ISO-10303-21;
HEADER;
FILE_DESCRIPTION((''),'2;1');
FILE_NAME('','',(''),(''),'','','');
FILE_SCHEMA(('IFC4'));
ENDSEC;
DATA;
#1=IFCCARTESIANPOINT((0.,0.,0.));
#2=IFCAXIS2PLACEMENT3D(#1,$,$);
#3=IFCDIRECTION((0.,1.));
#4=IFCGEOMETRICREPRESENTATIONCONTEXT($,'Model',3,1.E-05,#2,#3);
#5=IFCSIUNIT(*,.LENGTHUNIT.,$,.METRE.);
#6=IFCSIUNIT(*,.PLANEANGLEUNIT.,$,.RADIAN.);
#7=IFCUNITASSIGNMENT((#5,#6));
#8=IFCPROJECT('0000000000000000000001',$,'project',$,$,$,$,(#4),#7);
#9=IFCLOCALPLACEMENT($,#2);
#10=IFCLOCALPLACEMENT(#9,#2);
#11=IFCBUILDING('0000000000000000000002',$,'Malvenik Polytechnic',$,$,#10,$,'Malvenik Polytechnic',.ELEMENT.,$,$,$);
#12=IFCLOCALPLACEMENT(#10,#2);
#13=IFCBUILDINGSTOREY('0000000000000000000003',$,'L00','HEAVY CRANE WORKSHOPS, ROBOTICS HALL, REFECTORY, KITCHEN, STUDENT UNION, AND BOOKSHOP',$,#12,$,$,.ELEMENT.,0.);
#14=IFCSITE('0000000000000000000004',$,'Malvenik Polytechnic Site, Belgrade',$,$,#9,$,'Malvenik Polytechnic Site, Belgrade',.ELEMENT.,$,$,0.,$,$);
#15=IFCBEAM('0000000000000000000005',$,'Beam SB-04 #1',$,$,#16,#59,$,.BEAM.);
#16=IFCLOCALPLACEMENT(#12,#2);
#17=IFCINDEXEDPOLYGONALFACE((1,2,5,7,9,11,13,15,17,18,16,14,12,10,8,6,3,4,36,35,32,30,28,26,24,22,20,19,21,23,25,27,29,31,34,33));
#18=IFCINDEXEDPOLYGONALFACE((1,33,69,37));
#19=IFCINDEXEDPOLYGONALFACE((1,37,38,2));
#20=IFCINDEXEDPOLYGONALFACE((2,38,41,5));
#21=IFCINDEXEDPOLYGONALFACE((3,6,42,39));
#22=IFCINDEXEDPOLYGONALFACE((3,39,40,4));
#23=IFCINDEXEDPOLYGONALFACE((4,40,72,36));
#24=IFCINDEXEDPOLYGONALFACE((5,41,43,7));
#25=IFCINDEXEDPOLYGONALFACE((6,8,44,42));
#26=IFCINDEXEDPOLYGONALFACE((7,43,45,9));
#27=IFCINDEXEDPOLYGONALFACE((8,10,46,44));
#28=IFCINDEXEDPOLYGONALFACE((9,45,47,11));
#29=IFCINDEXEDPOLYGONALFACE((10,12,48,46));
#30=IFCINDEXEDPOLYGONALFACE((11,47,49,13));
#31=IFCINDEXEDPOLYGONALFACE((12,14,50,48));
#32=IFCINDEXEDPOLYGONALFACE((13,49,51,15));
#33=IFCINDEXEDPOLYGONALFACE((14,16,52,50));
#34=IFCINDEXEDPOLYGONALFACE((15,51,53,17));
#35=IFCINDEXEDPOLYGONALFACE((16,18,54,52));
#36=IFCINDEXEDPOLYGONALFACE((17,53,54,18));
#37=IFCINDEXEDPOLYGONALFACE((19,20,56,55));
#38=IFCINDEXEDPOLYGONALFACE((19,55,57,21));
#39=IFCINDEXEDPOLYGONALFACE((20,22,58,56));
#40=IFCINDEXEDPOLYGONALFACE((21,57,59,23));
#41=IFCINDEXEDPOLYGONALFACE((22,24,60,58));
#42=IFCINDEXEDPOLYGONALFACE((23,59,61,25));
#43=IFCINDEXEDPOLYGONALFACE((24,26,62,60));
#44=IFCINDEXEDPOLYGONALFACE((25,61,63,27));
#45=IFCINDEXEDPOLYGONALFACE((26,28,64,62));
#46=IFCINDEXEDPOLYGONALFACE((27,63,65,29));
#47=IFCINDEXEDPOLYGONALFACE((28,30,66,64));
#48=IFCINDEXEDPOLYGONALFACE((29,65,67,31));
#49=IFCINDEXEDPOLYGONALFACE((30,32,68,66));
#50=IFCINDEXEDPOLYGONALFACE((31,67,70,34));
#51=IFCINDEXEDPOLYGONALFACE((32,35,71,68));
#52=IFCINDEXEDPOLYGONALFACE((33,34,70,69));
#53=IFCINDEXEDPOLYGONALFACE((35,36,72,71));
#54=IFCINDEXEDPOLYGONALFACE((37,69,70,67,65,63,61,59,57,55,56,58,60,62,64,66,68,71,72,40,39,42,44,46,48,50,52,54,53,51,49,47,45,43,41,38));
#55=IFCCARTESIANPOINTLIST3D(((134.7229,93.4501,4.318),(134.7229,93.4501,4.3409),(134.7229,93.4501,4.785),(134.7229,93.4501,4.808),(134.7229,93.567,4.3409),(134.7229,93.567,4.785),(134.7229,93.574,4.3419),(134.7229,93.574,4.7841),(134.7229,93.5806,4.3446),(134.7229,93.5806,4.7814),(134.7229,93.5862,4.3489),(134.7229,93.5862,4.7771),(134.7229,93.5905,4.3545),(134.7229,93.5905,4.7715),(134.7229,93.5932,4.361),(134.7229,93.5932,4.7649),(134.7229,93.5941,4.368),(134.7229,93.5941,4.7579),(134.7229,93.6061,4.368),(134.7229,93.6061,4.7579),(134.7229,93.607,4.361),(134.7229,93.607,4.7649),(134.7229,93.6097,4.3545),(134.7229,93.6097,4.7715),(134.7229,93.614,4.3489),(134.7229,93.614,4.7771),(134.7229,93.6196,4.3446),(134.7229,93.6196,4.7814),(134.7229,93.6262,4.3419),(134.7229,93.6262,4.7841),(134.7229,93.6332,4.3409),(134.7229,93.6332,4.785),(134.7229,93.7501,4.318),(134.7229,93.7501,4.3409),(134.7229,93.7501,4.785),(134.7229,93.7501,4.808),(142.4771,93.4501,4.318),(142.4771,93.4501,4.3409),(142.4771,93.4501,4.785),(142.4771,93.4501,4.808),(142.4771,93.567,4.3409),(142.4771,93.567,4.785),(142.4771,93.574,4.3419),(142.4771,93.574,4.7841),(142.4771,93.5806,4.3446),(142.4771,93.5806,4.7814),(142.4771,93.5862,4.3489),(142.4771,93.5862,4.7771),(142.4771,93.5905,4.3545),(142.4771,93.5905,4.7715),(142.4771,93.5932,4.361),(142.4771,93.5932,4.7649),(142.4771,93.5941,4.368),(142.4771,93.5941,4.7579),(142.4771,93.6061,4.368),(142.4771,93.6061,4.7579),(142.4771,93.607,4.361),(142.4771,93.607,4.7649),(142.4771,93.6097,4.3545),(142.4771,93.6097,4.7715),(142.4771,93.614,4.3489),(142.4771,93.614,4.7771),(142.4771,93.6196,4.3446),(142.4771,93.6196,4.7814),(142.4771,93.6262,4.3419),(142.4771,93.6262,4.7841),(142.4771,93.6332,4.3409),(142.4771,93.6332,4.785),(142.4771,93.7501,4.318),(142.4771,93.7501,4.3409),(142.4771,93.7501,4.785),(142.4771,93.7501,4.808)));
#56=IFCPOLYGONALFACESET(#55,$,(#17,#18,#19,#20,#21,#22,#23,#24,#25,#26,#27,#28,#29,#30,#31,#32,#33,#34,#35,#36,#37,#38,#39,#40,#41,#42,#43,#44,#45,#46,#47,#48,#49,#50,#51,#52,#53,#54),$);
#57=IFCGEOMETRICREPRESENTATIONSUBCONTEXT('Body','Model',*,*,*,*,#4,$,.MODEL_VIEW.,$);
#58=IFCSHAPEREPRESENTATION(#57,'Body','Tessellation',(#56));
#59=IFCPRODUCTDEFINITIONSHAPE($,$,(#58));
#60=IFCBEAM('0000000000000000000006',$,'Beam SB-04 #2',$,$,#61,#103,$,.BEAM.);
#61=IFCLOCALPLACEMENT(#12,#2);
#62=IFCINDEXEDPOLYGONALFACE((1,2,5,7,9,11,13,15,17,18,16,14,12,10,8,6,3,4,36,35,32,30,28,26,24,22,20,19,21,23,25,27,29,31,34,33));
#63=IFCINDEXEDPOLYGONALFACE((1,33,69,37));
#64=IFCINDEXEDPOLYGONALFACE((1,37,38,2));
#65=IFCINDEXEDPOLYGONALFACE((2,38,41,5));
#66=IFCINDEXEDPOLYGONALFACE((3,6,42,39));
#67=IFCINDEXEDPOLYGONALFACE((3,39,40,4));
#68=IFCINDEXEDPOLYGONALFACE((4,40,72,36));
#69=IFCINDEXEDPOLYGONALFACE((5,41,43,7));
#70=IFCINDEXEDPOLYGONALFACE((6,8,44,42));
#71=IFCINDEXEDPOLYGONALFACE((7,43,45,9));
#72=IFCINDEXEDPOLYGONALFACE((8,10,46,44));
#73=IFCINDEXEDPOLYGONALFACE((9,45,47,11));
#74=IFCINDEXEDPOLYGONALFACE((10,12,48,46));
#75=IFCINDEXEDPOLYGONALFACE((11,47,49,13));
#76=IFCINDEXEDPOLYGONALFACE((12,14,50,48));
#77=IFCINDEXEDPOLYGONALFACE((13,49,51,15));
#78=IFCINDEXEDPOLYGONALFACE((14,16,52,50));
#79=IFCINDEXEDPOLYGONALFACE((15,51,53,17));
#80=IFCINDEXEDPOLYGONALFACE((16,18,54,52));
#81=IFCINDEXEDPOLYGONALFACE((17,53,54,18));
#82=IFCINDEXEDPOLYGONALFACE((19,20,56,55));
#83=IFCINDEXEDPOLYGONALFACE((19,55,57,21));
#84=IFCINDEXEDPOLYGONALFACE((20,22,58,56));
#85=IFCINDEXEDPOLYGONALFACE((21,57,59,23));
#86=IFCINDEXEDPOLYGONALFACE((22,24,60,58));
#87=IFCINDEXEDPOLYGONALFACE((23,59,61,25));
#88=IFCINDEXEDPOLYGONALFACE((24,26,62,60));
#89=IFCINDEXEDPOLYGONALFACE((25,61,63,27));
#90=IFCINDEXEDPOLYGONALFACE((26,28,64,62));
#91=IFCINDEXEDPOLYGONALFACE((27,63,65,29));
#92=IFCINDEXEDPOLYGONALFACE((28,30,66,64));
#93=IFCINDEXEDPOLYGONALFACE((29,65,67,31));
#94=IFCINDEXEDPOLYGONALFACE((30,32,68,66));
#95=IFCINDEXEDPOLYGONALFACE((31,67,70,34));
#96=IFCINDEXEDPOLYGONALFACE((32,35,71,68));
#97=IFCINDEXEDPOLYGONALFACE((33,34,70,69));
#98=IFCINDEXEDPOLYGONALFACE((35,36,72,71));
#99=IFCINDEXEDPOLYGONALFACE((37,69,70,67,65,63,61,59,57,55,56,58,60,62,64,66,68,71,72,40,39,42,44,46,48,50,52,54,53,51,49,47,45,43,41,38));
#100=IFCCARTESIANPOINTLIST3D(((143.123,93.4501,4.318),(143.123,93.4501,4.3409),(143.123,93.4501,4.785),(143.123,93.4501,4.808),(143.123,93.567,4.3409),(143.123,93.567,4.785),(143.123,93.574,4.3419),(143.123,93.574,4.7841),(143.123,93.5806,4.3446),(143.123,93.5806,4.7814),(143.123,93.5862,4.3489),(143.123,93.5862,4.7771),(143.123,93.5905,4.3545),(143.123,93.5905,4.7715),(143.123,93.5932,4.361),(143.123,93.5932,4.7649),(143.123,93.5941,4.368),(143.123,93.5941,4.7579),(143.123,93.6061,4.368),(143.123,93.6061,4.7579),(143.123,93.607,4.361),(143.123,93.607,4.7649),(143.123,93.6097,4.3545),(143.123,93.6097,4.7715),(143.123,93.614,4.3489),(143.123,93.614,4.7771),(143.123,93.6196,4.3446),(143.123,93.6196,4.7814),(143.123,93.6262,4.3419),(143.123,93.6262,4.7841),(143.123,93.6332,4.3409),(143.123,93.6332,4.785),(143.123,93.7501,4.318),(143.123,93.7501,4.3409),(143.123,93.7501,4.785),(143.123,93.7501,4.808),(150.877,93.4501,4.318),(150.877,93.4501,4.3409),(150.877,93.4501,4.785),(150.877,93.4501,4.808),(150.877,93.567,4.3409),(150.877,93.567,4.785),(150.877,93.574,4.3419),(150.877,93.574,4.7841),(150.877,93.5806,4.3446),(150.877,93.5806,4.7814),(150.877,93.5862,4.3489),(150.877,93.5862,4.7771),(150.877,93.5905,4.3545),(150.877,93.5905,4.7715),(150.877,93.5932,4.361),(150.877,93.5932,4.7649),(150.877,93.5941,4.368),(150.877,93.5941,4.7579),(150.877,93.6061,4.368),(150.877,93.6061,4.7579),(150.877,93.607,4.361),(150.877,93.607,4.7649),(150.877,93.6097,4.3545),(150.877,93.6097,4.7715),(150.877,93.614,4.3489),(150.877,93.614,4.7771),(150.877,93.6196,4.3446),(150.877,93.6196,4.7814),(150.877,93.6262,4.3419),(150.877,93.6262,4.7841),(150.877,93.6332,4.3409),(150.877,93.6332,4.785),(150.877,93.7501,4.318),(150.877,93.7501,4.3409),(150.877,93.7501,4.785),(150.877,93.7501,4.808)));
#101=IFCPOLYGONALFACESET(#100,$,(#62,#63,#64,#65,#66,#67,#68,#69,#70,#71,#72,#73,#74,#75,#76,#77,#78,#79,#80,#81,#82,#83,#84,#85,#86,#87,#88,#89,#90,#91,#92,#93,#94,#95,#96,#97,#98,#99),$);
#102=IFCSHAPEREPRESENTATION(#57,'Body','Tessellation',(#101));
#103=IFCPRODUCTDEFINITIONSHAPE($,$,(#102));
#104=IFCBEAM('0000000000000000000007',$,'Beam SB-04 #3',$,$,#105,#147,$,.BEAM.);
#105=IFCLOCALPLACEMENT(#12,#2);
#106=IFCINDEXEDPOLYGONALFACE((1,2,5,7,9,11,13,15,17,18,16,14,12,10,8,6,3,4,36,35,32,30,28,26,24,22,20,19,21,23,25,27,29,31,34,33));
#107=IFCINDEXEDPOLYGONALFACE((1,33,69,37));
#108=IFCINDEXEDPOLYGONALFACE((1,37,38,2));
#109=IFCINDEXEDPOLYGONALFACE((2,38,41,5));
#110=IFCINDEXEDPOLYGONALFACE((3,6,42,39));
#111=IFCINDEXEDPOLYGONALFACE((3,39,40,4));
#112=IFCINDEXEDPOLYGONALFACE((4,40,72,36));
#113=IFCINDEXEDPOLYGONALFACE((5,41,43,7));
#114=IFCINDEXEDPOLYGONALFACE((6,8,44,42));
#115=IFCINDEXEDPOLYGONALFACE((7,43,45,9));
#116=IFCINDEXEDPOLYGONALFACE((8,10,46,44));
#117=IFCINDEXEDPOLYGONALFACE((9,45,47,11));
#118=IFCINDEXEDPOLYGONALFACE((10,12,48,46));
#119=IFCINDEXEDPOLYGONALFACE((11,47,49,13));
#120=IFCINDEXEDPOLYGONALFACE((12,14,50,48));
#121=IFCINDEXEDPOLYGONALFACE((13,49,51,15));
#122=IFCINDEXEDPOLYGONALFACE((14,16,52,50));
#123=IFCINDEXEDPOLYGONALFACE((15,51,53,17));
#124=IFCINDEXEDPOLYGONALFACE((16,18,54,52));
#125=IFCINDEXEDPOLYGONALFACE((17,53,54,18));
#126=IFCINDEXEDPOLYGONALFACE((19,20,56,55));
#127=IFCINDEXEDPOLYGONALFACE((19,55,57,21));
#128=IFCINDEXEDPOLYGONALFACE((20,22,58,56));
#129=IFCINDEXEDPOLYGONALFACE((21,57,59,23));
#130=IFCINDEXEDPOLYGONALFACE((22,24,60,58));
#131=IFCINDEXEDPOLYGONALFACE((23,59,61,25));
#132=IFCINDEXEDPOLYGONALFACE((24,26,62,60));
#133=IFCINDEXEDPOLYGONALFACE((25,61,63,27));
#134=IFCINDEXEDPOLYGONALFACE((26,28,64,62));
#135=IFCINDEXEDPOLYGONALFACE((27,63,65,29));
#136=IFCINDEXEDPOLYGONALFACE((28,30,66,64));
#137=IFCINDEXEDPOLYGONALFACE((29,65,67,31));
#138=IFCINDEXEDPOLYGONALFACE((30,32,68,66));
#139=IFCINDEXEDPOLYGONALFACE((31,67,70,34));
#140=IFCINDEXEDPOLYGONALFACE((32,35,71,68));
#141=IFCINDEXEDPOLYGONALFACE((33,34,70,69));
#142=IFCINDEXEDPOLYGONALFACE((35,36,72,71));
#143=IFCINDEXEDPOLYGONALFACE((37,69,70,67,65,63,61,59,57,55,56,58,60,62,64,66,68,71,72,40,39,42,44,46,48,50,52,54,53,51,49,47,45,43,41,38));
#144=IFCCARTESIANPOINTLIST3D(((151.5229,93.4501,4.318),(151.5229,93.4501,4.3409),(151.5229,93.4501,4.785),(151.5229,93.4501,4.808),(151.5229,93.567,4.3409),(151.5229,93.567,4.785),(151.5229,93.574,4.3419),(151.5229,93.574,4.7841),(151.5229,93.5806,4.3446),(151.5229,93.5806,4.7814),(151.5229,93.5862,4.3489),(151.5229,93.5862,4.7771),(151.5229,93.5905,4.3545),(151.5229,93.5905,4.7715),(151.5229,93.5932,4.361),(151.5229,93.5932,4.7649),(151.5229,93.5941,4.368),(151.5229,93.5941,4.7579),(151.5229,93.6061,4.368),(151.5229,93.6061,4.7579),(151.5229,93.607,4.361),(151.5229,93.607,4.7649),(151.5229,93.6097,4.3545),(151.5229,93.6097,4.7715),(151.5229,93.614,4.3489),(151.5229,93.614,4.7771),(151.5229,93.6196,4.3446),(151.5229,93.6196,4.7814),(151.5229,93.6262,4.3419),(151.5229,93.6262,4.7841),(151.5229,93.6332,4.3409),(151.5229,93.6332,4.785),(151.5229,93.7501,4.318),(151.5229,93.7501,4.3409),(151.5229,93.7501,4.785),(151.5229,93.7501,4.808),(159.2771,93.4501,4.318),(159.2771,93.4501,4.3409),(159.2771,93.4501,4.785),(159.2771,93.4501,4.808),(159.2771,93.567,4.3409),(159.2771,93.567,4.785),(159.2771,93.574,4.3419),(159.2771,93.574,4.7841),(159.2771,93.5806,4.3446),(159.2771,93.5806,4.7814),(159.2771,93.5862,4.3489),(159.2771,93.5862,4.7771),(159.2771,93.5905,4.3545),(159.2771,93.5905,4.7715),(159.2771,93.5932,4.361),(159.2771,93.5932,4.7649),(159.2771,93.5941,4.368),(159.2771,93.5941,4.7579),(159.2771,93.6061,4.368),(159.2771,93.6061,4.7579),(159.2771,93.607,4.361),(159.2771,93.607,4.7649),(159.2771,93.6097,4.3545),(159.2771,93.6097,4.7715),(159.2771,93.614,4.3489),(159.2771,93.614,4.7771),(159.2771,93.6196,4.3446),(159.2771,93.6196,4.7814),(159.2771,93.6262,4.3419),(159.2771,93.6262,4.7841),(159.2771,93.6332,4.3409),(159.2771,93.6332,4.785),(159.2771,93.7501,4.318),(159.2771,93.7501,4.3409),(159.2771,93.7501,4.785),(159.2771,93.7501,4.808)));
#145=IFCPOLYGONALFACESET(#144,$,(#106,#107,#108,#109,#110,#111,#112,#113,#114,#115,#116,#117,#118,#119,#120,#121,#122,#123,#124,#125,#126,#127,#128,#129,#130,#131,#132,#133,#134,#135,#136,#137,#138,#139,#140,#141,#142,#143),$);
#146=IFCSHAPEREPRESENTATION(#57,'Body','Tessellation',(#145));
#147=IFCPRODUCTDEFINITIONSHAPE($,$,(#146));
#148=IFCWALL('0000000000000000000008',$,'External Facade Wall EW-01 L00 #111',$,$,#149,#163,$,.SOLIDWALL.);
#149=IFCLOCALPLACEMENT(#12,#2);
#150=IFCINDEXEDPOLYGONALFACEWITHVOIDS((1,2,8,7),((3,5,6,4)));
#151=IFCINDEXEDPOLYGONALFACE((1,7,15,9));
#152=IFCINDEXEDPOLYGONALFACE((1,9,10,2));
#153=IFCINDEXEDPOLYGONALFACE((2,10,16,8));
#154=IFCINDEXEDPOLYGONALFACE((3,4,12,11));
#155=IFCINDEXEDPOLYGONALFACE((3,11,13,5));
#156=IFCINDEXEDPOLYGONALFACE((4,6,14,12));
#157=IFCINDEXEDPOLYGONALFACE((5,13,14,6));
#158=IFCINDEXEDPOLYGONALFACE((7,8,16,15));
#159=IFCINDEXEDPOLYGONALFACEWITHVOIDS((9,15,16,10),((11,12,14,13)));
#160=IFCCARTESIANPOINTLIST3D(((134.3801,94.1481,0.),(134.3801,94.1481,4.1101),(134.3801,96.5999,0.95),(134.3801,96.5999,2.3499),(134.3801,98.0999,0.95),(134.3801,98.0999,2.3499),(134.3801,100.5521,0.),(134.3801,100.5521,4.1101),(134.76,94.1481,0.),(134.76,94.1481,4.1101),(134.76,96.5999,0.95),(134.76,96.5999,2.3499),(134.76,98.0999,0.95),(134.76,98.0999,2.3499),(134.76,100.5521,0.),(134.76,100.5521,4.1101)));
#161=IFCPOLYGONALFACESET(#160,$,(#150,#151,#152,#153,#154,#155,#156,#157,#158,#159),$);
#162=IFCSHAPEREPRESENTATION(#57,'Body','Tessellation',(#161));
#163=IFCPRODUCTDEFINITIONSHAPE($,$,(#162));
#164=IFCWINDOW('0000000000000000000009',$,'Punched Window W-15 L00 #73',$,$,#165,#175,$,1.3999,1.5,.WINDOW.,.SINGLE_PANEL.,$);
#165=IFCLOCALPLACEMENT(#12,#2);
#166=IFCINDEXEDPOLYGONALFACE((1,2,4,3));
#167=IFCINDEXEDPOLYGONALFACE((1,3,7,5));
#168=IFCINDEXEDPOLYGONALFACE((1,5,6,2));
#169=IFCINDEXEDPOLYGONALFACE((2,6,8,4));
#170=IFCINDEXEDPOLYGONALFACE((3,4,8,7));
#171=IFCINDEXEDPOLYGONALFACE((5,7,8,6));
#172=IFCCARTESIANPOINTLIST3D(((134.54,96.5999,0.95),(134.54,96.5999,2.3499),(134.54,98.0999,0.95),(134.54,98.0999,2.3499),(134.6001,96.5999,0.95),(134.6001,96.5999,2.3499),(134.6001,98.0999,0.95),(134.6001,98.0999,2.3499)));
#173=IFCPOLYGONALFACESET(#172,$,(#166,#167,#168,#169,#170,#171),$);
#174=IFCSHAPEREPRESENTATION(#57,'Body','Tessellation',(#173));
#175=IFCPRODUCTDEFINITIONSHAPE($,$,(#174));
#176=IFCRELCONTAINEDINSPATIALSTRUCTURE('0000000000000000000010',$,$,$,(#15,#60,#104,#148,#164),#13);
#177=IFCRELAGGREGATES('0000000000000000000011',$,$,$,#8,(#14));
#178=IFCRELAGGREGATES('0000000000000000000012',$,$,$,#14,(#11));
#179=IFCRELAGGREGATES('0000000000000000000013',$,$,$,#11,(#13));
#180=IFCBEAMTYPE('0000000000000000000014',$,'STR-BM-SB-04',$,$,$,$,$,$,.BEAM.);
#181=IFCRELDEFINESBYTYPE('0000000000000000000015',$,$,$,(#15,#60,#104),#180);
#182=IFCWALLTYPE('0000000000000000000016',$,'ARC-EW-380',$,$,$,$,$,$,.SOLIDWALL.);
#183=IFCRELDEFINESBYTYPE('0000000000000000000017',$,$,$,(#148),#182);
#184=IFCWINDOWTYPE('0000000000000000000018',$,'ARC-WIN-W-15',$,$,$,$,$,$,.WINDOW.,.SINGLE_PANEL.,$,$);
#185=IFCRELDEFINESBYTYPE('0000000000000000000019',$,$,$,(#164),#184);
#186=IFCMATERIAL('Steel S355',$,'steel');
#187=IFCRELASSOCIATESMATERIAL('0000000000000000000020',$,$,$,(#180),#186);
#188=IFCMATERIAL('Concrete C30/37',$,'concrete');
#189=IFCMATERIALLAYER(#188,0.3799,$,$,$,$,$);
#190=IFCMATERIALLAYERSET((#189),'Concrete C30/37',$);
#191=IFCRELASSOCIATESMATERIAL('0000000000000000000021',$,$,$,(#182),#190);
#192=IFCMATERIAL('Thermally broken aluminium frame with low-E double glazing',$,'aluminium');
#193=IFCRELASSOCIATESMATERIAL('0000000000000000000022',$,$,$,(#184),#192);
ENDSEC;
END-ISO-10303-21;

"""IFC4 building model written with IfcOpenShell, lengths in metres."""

from ifc_helpers import new_model, si_unit, direction, frame, frame_2d, origin, origin_2d, place, context, subcontext, project, spatial, rectangle, i_section, extrude, material, layer, layer_set, material_profile, profile_set, type_object, element, fill, save


model = new_model("IFC4")

# Units and contexts
model_context = context("Model", 3, precision=1e-05, world=origin(), true_north=direction((0.0, 1.0)))
body_context = subcontext(model_context, "Body", "Model", "MODEL_VIEW")
ifc_project = project(units=[si_unit("LENGTHUNIT", "METRE"), si_unit("PLANEANGLEUNIT", "RADIAN")], contexts=[model_context])

# Site, building, storey
site_placement = place(None, origin())
site = spatial("IfcSite", under=ifc_project, at=site_placement, Name="Malvenik Polytechnic Site, Belgrade", LongName="Malvenik Polytechnic Site, Belgrade", CompositionType="ELEMENT", RefElevation=0.0)
building_placement = place(site_placement, origin())
building = spatial("IfcBuilding", under=site, at=building_placement, Name="Malvenik Polytechnic", LongName="Malvenik Polytechnic", CompositionType="ELEMENT")
storey_placement = place(building_placement, origin())
storey = spatial("IfcBuildingStorey", under=building, at=storey_placement, Name="L00", Description="HEAVY CRANE WORKSHOPS, ROBOTICS HALL, REFECTORY, KITCHEN, STUDENT UNION, AND BOOKSHOP", CompositionType="ELEMENT", Elevation=0.0)

# Shared definitions
ifc_material_1 = material(Name="Steel S355", Category="steel")

# Beams
ifc_material_2 = material(Name="Concrete C30/37", Category="concrete")
ifc_material_profile_1 = material_profile(ifc_material_1, i_section(OverallWidth=0.3, OverallDepth=0.49, WebThickness=0.012, FlangeThickness=0.0229, FilletRadius=0.0271, at=origin_2d()), Name="HEA 500")
ifc_profile_set_1 = profile_set([ifc_material_profile_1], Name="Steel S355")
beam_type_1 = type_object("IfcBeamType", Name="STR-BM-SB-04", PredefinedType="BEAM", material=ifc_profile_set_1)
beam_1_placement = place(storey_placement, frame((134.7229, 93.6001, 4.563), z_axis=(1.0, 0.0, 0.0), x_axis=(0.0, 1.0, 0.0)))
element("IfcBeam", 1, at=beam_1_placement, inside=storey, type_object=beam_type_1, Name="Beam SB-04 #1", PredefinedType="BEAM", context=body_context, shape_type="SweptSolid", body=[
    extrude(i_section(OverallWidth=0.3, OverallDepth=0.49, WebThickness=0.012, FlangeThickness=0.0229, FilletRadius=0.0271, at=origin_2d()), origin(), (0.0, 0.0, 1.0), 7.7542),
])
beam_2_placement = place(storey_placement, frame((143.123, 93.6001, 4.563), z_axis=(1.0, 0.0, 0.0), x_axis=(0.0, 1.0, 0.0)))
element("IfcBeam", 2, at=beam_2_placement, inside=storey, type_object=beam_type_1, Name="Beam SB-04 #2", PredefinedType="BEAM", context=body_context, shape_type="SweptSolid", body=[
    extrude(i_section(OverallWidth=0.3, OverallDepth=0.49, WebThickness=0.012, FlangeThickness=0.0229, FilletRadius=0.0271, at=origin_2d()), origin(), (0.0, 0.0, 1.0), 7.7539),
])
beam_3_placement = place(storey_placement, frame((151.5229, 93.6001, 4.563), z_axis=(1.0, 0.0, 0.0), x_axis=(0.0, 1.0, 0.0)))
element("IfcBeam", 3, at=beam_3_placement, inside=storey, type_object=beam_type_1, Name="Beam SB-04 #3", PredefinedType="BEAM", context=body_context, shape_type="SweptSolid", body=[
    extrude(i_section(OverallWidth=0.3, OverallDepth=0.49, WebThickness=0.012, FlangeThickness=0.0229, FilletRadius=0.0271, at=origin_2d()), origin(), (0.0, 0.0, 1.0), 7.7542),
])

# Wall, opening, window
ifc_layer_1 = layer(ifc_material_2, 0.3799)
ifc_layer_set_1 = layer_set([ifc_layer_1], Name="Concrete C30/37")
wall_type_1 = type_object("IfcWallType", Name="ARC-EW-380", PredefinedType="SOLIDWALL", material=ifc_layer_set_1)
wall_1_placement = place(storey_placement, frame((134.5701, 94.1479, 0.0), z_axis=(0.0, 0.0, 1.0), x_axis=(0.0, 1.0, 0.0)))
wall_1 = element("IfcWall", 4, at=wall_1_placement, inside=storey, type_object=wall_type_1, Name="External Facade Wall EW-01 L00 #111", PredefinedType="SOLIDWALL", context=body_context, shape_type="SweptSolid", body=[
    extrude(rectangle(XDim=6.4041, YDim=0.3799, at=frame_2d((3.2021, 0.0))), origin(), (0.0, 0.0, 1.0), 4.1101),
])
opening_1_placement = place(wall_1_placement, frame((2.4519, 0.0, 0.95)))
opening_1 = element("IfcOpeningElement", 5, at=opening_1_placement, cuts=wall_1, PredefinedType="OPENING", context=body_context, shape_type="SweptSolid", body=[
    extrude(rectangle(XDim=1.5, YDim=1.3999, at=frame_2d((0.75, 0.7))), frame((0.0, 0.2, 0.0), z_axis=(0.0, -1.0, 0.0), x_axis=(1.0, 0.0, 0.0)), (0.0, 0.0, 1.0), 0.3999),
])
ifc_material_3 = material(Name="Thermally broken aluminium frame with low-E double glazing", Category="aluminium")
window_type = type_object("IfcWindowType", Name="ARC-WIN-W-15", PartitioningType="SINGLE_PANEL", PredefinedType="WINDOW", material=ifc_material_3)
window_placement = place(opening_1_placement, origin())
window = element("IfcWindow", 6, at=window_placement, inside=storey, type_object=window_type, Name="Punched Window W-15 L00 #73", OverallHeight=1.3999, OverallWidth=1.5, PartitioningType="SINGLE_PANEL", PredefinedType="WINDOW", context=body_context, shape_type="SweptSolid", body=[
    extrude(rectangle(XDim=1.5, YDim=1.3999, at=frame_2d((0.75, 0.7))), frame((0.0, 0.03, 0.0), z_axis=(0.0, -1.0, 0.0), x_axis=(1.0, 0.0, 0.0)), (0.0, 0.0, 1.0), 0.0601),
])
fill(opening_1, window)

save(model, "model.ifc")
